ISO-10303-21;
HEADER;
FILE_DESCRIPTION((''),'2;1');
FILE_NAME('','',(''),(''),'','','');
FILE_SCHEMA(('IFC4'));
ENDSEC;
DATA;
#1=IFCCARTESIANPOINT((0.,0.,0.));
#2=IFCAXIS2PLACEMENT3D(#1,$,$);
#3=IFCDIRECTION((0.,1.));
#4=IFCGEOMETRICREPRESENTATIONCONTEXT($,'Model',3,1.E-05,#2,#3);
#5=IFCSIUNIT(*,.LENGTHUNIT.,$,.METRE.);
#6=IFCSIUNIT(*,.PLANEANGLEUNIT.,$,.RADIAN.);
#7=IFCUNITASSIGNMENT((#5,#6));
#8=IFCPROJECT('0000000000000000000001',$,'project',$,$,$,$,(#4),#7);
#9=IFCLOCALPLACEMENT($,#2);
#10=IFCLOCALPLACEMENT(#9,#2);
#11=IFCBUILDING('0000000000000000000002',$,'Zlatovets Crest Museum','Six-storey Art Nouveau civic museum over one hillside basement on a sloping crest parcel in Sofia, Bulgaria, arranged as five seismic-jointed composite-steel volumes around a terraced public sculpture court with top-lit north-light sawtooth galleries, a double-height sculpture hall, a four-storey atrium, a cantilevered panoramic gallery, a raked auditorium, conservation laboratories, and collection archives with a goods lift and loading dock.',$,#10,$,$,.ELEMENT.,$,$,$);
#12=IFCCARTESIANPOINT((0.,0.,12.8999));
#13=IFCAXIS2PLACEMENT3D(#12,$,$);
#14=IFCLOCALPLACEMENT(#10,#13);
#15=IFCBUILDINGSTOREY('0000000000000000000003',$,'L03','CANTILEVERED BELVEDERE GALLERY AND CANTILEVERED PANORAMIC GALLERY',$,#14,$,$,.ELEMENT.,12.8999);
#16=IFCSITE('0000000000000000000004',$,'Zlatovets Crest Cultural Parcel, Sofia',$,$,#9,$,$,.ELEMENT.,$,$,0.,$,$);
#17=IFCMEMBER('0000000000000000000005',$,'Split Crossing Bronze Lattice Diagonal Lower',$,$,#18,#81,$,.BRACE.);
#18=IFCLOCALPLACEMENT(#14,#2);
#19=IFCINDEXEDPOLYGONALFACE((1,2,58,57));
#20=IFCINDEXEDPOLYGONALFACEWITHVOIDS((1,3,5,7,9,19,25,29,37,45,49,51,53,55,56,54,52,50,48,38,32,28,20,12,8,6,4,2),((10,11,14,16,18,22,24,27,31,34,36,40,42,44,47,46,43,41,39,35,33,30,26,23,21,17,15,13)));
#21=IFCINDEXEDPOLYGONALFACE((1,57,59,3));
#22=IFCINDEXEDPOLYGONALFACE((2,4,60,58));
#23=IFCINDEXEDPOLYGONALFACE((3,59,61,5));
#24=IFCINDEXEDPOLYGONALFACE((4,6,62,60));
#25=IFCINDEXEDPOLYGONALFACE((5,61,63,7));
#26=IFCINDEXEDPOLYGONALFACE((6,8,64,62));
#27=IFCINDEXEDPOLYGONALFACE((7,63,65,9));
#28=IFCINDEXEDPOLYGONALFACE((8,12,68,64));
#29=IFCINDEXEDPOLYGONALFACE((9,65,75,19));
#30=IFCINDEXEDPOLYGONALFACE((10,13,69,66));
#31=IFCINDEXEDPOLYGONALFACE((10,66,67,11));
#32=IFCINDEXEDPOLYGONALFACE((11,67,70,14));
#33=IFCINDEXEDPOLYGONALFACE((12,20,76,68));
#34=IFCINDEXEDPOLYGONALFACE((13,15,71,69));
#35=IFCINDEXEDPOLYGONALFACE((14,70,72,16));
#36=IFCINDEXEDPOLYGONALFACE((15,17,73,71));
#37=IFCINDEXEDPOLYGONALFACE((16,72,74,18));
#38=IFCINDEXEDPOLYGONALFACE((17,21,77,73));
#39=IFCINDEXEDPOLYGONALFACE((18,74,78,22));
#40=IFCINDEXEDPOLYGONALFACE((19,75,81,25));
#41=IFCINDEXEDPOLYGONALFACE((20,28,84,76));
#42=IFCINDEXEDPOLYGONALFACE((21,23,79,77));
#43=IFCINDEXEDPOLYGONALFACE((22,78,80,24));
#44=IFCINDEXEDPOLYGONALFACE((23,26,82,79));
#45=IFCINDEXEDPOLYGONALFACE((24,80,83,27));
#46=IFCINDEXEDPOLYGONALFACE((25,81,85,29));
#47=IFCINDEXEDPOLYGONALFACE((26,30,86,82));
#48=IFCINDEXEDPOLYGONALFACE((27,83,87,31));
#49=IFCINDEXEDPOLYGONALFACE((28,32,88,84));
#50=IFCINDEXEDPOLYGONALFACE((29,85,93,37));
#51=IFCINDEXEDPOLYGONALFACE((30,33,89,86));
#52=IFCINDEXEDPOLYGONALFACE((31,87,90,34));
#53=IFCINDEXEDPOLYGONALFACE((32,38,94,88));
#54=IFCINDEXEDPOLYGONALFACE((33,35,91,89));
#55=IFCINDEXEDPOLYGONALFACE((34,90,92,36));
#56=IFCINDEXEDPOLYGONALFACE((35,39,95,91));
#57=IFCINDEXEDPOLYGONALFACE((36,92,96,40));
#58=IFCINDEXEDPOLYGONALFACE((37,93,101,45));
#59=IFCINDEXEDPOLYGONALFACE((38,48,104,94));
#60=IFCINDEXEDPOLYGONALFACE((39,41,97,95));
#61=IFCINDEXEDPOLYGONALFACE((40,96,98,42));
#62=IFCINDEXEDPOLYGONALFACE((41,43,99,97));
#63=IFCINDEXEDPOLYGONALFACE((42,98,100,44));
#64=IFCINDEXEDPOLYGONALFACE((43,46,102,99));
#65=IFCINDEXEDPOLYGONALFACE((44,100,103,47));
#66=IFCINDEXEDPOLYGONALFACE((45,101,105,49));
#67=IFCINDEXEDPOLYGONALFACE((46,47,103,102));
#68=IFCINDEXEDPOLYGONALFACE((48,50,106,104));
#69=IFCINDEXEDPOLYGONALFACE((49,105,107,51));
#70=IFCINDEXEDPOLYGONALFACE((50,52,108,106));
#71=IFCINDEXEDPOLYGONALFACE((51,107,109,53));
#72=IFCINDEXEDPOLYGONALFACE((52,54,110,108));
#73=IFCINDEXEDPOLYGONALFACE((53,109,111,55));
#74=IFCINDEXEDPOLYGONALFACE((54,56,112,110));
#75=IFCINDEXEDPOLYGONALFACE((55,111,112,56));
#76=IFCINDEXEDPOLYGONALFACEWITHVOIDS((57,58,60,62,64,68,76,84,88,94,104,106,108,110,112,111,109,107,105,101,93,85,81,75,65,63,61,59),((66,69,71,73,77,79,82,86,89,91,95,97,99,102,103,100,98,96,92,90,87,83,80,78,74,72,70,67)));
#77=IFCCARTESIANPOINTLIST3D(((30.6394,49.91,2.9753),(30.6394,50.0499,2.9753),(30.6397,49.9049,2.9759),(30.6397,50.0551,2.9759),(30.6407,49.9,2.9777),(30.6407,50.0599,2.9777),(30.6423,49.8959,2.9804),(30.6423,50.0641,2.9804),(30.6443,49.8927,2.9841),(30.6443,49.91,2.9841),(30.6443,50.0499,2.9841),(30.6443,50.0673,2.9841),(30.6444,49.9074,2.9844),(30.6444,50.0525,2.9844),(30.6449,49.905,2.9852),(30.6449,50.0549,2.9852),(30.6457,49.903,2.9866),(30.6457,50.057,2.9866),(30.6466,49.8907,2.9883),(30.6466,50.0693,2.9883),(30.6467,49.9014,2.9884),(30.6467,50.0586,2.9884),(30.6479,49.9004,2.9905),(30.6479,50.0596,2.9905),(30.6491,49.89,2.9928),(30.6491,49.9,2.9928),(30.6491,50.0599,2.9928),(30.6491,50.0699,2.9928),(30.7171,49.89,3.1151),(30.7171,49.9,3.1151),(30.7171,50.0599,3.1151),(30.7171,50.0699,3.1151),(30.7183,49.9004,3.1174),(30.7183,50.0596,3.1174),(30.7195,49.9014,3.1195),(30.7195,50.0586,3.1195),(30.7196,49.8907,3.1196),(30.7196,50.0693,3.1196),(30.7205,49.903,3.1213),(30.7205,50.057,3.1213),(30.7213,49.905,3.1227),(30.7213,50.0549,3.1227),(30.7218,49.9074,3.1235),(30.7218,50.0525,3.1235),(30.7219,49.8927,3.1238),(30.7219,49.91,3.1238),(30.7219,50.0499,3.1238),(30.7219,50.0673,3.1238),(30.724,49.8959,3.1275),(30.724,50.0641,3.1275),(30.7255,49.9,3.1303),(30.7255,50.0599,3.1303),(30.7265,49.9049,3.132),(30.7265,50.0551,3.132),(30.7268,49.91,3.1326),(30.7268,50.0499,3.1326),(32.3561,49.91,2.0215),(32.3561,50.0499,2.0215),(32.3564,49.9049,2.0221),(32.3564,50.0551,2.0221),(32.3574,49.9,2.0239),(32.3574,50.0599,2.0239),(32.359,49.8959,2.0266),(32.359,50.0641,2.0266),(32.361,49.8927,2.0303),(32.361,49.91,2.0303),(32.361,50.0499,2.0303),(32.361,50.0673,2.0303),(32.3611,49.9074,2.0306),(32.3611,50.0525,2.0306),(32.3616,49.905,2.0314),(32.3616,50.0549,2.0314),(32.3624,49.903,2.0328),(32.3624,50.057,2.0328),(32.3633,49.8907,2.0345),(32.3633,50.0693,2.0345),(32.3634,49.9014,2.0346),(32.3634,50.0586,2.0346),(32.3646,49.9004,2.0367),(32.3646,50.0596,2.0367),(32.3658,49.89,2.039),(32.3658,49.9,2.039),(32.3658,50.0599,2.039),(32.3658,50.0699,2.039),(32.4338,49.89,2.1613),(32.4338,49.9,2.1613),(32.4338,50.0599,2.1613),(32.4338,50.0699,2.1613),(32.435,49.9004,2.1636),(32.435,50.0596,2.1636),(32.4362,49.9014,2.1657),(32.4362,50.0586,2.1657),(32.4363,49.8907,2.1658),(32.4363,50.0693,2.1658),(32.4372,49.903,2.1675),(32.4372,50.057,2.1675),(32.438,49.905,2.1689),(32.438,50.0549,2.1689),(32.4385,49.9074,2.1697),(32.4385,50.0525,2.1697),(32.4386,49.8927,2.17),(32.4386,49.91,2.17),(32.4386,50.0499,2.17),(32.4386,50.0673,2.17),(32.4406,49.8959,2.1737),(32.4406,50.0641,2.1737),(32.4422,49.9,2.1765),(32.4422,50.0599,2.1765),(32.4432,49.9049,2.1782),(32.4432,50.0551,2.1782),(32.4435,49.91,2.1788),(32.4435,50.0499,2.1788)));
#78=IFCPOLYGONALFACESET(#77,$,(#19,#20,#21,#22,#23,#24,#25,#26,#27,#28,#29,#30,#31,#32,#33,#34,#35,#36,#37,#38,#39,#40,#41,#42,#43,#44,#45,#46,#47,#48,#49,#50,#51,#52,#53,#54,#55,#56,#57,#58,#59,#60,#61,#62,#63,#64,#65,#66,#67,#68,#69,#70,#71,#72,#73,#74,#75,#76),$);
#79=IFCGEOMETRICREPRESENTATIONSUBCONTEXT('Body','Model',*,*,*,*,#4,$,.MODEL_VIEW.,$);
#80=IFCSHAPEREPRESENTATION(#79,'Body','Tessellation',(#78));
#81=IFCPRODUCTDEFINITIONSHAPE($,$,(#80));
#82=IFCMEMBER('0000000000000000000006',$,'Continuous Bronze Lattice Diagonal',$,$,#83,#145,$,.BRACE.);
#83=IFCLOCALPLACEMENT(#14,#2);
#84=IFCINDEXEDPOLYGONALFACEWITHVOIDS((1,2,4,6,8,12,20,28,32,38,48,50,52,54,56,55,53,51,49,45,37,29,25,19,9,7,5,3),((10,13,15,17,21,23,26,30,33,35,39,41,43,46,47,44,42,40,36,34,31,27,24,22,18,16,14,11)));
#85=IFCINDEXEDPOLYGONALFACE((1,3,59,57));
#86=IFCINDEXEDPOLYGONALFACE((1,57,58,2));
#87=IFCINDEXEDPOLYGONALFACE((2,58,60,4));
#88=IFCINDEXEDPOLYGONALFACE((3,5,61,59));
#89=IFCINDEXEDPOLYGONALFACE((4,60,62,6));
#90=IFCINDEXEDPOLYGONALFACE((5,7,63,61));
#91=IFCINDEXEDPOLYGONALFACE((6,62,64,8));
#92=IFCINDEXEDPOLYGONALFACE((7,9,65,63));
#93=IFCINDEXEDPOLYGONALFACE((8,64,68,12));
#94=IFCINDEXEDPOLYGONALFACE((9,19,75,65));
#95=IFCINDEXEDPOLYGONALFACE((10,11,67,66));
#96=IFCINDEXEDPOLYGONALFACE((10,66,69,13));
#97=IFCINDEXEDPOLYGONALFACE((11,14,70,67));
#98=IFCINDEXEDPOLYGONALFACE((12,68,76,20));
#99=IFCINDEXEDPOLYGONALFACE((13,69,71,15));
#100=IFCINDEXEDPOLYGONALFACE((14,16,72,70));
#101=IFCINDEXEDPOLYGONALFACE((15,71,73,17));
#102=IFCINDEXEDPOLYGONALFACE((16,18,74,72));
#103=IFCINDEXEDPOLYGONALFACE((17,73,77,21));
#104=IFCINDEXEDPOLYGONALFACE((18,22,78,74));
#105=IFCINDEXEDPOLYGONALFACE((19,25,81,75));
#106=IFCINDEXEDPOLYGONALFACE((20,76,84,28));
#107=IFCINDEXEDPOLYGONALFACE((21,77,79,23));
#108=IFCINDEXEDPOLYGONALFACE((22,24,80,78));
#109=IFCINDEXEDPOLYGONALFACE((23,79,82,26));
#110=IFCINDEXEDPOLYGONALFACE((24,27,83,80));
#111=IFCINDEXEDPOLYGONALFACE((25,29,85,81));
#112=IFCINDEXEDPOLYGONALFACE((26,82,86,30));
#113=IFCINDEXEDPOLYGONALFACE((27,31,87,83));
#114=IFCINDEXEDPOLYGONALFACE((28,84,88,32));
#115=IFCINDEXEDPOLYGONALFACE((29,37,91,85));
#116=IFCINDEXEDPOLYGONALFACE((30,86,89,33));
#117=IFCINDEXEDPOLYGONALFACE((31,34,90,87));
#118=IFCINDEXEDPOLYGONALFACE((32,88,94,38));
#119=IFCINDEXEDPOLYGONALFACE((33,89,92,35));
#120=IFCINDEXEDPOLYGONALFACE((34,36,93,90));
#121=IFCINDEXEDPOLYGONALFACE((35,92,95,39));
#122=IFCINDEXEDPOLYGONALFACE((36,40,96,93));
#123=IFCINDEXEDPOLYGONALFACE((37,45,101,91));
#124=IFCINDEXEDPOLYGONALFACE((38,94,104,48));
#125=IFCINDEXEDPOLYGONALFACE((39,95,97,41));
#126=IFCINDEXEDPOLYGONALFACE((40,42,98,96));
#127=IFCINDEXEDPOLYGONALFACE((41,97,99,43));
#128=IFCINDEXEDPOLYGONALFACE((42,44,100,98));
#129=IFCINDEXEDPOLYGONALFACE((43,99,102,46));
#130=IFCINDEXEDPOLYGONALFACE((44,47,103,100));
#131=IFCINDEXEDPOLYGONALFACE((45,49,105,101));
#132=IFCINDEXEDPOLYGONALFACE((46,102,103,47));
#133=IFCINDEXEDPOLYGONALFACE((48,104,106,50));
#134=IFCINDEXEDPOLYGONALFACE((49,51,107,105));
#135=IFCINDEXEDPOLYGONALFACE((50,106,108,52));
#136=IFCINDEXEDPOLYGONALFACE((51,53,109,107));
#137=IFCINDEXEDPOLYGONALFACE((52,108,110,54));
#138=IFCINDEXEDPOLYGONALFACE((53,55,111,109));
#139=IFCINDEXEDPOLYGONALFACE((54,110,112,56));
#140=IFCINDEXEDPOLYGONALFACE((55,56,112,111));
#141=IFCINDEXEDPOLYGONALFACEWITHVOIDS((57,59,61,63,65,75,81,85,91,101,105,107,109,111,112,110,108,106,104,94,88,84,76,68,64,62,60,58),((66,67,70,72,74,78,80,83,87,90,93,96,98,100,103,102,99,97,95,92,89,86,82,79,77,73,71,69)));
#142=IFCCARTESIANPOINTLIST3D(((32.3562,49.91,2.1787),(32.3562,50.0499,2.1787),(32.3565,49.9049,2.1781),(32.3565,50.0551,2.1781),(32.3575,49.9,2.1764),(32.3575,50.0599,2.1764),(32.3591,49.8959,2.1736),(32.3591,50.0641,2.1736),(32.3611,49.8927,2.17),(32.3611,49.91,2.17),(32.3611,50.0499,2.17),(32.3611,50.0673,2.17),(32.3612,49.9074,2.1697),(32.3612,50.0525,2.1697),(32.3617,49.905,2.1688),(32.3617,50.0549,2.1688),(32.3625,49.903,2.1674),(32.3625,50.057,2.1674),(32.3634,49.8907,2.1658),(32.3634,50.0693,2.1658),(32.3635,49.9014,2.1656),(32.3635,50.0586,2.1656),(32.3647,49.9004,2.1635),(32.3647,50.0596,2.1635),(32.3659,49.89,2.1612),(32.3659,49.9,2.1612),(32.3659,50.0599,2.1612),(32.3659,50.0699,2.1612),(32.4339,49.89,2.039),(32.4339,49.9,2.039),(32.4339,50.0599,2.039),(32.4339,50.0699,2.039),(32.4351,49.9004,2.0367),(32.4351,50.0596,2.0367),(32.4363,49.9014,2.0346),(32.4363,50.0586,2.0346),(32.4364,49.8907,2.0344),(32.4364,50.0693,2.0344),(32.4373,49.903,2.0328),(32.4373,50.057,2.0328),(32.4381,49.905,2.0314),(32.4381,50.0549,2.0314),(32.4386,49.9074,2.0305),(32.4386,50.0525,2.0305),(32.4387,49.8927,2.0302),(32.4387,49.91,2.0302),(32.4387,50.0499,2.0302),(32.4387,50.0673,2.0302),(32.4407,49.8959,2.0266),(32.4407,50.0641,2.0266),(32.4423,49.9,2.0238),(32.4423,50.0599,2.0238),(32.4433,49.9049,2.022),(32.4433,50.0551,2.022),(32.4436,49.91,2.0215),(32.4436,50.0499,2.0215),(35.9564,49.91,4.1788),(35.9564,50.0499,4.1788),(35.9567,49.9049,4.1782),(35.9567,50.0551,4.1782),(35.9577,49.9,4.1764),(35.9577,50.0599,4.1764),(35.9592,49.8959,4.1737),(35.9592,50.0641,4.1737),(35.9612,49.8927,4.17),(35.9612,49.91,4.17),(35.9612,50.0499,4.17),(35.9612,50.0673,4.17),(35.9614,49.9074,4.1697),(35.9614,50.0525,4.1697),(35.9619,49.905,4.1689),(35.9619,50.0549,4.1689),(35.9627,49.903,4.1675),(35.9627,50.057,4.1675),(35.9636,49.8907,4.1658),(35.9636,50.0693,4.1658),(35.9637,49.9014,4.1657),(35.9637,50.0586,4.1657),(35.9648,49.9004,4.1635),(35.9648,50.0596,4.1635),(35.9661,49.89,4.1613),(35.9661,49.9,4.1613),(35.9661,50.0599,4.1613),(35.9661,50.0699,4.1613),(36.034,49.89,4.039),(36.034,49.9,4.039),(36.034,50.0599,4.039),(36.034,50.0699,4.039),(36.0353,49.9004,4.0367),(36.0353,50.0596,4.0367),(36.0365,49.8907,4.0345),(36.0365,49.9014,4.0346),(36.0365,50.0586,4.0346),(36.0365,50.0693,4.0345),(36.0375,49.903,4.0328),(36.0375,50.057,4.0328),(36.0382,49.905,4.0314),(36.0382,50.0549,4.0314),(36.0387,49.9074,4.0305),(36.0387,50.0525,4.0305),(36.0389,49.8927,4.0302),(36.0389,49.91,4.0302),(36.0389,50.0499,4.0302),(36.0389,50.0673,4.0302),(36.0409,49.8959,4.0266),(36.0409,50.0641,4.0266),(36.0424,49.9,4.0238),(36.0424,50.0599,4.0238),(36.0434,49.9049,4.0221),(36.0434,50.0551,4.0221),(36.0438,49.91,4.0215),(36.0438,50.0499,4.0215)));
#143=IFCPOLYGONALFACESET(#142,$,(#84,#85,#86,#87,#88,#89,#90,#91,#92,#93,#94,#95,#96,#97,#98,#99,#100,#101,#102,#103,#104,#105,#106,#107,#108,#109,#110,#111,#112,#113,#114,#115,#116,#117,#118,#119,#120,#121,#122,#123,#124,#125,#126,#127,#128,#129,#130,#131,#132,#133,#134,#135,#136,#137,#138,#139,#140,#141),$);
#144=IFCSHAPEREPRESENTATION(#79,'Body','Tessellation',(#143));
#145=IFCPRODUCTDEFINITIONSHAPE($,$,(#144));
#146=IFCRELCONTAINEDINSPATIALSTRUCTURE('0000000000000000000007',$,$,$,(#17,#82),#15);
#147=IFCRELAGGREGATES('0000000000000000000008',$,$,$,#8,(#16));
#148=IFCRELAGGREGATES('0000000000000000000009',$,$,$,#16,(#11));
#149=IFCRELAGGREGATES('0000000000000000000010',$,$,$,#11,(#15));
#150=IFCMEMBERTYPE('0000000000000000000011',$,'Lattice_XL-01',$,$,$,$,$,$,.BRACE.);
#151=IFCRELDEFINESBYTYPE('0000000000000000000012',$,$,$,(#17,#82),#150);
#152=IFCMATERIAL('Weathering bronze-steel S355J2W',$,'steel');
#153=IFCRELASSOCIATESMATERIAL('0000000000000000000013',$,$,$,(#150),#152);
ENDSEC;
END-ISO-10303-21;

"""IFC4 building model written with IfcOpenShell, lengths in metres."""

from ifc_helpers import new_model, si_unit, direction, frame, origin, origin_2d, place, context, subcontext, project, spatial, hollow_rectangle, extrude, material, material_profile, profile_set, type_object, element, save


model = new_model("IFC4")

# Units and contexts
model_context = context("Model", 3, precision=1e-05, world=origin(), true_north=direction((0.0, 1.0)))
body_context = subcontext(model_context, "Body", "Model", "MODEL_VIEW")
ifc_project = project(units=[si_unit("LENGTHUNIT", "METRE"), si_unit("PLANEANGLEUNIT", "RADIAN")], contexts=[model_context])

# Site, building, storey
site_placement = place(None, origin())
site = spatial("IfcSite", under=ifc_project, at=site_placement, Name="Zlatovets Crest Cultural Parcel, Sofia", CompositionType="ELEMENT", RefElevation=0.0)
building_placement = place(site_placement, origin())
building = spatial("IfcBuilding", under=site, at=building_placement, Name="Zlatovets Crest Museum", Description="Six-storey Art Nouveau civic museum over one hillside basement on a sloping crest parcel in Sofia, Bulgaria, arranged as five seismic-jointed composite-steel volumes around a terraced public sculpture court with top-lit north-light sawtooth galleries, a double-height sculpture hall, a four-storey atrium, a cantilevered panoramic gallery, a raked auditorium, conservation laboratories, and collection archives with a goods lift and loading dock.", CompositionType="ELEMENT")
storey_placement = place(building_placement, frame((0.0, 0.0, 12.8999)))
storey = spatial("IfcBuildingStorey", under=building, at=storey_placement, Name="L03", Description="CANTILEVERED BELVEDERE GALLERY AND CANTILEVERED PANORAMIC GALLERY", CompositionType="ELEMENT", Elevation=12.8999)

# Members
ifc_material_1 = material(Name="Weathering bronze-steel S355J2W", Category="steel")
ifc_material_profile_1 = material_profile(ifc_material_1, hollow_rectangle(XDim=0.1799, YDim=0.1799, WallThickness=0.01, InnerFilletRadius=0.01, OuterFilletRadius=0.02, at=origin_2d()), Name="SHS 180x180x10.0")
ifc_profile_set_1 = profile_set([ifc_material_profile_1], Name="Weathering bronze-steel S355J2W")
member_type = type_object("IfcMemberType", Name="Lattice_XL-01", PredefinedType="BRACE", material=ifc_profile_set_1)
member_1_placement = place(storey_placement, frame((30.6831, 49.98, 3.054), z_axis=(0.87414, 0.0, -0.485675), x_axis=(0.0, 1.0, 0.0)))
element("IfcMember", 1, at=member_1_placement, inside=storey, type_object=member_type, Name="Split Crossing Bronze Lattice Diagonal Lower", PredefinedType="BRACE", context=body_context, shape_type="SweptSolid", body=[
    extrude(hollow_rectangle(XDim=0.1799, YDim=0.1799, WallThickness=0.01, InnerFilletRadius=0.01, OuterFilletRadius=0.02, at=origin_2d()), origin(), (0.0, 0.0, 1.0), 1.9639),
])
member_2_placement = place(storey_placement, frame((32.3999, 49.98, 2.1001), z_axis=(0.874163, 0.0, 0.485633), x_axis=(0.0, 1.0, 0.0)))
element("IfcMember", 2, at=member_2_placement, inside=storey, type_object=member_type, Name="Continuous Bronze Lattice Diagonal", PredefinedType="BRACE", context=body_context, shape_type="SweptSolid", body=[
    extrude(hollow_rectangle(XDim=0.1799, YDim=0.1799, WallThickness=0.01, InnerFilletRadius=0.01, OuterFilletRadius=0.02, at=origin_2d()), origin(), (0.0, 0.0, 1.0), 4.1184),
])

save(model, "model.ifc")
